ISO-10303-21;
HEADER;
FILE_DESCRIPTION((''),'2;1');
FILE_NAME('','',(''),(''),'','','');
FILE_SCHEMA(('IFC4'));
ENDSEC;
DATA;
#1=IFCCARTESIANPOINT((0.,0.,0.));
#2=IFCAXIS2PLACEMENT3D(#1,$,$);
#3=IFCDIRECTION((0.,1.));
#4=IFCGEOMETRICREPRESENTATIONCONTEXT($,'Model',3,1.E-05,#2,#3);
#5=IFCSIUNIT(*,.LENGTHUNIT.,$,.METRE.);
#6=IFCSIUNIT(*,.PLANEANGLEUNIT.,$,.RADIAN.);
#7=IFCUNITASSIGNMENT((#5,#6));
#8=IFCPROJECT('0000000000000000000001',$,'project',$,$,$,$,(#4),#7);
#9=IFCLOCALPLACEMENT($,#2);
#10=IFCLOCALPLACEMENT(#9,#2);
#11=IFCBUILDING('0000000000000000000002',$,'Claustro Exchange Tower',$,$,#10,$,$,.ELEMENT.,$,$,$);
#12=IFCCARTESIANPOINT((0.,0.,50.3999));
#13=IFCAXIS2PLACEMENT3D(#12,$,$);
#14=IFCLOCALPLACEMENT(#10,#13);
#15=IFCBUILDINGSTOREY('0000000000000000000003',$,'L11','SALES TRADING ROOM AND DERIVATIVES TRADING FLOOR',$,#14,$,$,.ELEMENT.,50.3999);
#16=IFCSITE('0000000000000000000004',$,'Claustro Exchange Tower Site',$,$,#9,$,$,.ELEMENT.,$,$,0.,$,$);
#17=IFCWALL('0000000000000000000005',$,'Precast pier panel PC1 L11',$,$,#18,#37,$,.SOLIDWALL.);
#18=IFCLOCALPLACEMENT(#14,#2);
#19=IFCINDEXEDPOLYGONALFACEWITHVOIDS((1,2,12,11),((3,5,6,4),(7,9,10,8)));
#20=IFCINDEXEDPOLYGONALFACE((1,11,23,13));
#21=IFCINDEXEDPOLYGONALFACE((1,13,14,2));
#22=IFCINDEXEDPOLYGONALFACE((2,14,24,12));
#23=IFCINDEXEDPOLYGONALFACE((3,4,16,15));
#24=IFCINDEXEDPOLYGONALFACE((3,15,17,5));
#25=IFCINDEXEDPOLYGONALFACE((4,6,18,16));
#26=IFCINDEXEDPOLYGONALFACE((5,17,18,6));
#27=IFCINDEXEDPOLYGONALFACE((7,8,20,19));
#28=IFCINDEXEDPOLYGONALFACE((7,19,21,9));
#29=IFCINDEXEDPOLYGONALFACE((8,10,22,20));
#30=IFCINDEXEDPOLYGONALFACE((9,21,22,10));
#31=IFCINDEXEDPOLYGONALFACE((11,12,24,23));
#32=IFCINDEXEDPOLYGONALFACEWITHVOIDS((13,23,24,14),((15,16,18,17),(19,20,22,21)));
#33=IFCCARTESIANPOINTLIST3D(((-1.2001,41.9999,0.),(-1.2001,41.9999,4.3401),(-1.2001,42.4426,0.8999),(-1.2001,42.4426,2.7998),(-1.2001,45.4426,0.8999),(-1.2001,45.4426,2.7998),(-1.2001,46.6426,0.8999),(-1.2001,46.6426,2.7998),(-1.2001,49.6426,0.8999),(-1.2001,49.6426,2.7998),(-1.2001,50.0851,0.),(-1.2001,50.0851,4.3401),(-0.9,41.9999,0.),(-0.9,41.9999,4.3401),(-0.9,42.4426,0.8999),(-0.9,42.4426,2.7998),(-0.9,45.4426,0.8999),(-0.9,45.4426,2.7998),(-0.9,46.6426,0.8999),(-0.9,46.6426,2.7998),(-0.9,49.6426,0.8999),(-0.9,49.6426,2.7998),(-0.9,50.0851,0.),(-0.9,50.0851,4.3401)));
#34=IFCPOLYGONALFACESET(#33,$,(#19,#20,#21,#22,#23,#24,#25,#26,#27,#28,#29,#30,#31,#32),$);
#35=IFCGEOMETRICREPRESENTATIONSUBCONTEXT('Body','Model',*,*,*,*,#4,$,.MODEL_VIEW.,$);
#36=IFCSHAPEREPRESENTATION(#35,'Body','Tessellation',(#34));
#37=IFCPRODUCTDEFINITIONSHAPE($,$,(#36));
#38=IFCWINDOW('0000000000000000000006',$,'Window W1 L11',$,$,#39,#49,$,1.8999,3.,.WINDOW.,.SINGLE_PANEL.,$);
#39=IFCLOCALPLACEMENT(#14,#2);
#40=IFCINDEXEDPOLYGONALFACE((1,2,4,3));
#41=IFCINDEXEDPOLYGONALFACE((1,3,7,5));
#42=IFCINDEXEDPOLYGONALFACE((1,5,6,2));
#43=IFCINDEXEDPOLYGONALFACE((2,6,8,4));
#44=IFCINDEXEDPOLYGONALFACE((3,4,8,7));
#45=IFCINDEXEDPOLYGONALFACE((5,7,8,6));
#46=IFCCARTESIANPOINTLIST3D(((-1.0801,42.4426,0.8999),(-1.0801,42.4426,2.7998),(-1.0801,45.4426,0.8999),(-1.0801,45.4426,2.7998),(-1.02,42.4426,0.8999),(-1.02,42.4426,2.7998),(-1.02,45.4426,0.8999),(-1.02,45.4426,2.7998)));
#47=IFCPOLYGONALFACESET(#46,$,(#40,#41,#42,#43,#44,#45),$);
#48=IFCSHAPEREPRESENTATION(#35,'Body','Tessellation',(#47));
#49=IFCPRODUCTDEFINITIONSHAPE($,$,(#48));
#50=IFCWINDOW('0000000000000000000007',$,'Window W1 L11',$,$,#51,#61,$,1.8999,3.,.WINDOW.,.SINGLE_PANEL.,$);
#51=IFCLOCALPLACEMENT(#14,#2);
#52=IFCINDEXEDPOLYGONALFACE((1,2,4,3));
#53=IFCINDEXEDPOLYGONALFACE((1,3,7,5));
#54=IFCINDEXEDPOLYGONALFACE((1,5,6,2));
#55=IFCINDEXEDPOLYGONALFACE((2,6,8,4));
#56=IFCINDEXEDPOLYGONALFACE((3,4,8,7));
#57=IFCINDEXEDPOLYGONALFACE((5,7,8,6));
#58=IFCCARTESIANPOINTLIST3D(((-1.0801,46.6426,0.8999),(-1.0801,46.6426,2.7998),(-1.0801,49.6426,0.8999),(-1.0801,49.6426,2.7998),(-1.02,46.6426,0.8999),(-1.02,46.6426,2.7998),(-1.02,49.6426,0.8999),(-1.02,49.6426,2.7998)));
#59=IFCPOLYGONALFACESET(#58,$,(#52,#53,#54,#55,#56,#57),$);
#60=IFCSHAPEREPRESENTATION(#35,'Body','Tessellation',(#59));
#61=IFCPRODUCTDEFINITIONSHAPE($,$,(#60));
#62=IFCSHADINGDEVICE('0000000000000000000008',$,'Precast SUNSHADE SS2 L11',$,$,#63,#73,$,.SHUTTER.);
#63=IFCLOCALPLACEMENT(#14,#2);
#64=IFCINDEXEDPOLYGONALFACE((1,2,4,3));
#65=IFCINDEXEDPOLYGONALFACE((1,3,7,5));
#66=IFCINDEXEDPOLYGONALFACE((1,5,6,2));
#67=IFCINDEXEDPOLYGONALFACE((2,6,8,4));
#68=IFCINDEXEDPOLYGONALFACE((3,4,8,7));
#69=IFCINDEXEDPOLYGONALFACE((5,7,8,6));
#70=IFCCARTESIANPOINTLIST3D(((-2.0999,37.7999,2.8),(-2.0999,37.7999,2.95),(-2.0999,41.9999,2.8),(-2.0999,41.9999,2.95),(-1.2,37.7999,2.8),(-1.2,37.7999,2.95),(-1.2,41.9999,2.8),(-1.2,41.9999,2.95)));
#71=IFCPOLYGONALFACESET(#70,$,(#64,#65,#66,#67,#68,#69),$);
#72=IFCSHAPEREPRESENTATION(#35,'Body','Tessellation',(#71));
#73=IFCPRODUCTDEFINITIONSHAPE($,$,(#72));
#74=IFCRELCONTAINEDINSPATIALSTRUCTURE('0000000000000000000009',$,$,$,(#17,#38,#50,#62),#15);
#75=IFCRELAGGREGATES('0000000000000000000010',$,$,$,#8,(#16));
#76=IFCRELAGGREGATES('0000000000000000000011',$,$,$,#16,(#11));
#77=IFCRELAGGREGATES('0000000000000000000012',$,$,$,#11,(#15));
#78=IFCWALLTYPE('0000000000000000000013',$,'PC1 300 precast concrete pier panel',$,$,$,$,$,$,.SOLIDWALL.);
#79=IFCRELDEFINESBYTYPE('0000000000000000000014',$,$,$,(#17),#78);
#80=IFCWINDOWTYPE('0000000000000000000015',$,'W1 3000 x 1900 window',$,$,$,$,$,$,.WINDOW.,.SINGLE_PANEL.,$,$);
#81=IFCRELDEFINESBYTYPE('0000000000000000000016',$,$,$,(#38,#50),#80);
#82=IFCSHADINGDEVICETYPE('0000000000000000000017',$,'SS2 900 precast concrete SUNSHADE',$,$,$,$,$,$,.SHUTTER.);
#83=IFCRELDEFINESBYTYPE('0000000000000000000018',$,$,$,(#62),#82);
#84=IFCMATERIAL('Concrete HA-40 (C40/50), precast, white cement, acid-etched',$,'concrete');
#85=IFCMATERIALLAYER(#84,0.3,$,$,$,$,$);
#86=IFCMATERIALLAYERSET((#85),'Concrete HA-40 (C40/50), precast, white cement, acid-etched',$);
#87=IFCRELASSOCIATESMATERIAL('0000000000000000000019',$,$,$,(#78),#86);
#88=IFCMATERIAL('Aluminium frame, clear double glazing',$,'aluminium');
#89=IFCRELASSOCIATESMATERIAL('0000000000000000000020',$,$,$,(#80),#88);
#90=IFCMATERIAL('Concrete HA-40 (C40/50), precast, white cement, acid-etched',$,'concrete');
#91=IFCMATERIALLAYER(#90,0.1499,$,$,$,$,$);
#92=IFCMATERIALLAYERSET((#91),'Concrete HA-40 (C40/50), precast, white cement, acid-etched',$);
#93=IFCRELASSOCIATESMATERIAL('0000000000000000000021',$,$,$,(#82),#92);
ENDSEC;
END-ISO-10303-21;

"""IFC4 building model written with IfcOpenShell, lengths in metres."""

from ifc_helpers import new_model, si_unit, direction, frame, frame_2d, origin, origin_2d, place, context, subcontext, project, spatial, rectangle, extrude, material, layer, layer_set, type_object, element, fill, save


model = new_model("IFC4")

# Units and contexts
model_context = context("Model", 3, precision=1e-05, world=origin(), true_north=direction((0.0, 1.0)))
body_context = subcontext(model_context, "Body", "Model", "MODEL_VIEW")
ifc_project = project(units=[si_unit("LENGTHUNIT", "METRE"), si_unit("PLANEANGLEUNIT", "RADIAN")], contexts=[model_context])

# Site, building, storey
site_placement = place(None, origin())
site = spatial("IfcSite", under=ifc_project, at=site_placement, Name="Claustro Exchange Tower Site", CompositionType="ELEMENT", RefElevation=0.0)
building_placement = place(site_placement, origin())
building = spatial("IfcBuilding", under=site, at=building_placement, Name="Claustro Exchange Tower", CompositionType="ELEMENT")
storey_placement = place(building_placement, frame((0.0, 0.0, 50.3999)))
storey = spatial("IfcBuildingStorey", under=building, at=storey_placement, Name="L11", Description="SALES TRADING ROOM AND DERIVATIVES TRADING FLOOR", CompositionType="ELEMENT", Elevation=50.3999)

# Wall, openings, windows
ifc_material_1 = material(Name="Concrete HA-40 (C40/50), precast, white cement, acid-etched", Category="concrete")
ifc_layer_1 = layer(ifc_material_1, 0.3)
ifc_layer_set_1 = layer_set([ifc_layer_1], Name="Concrete HA-40 (C40/50), precast, white cement, acid-etched")
wall_type_1 = type_object("IfcWallType", Name="PC1 300 precast concrete pier panel", PredefinedType="SOLIDWALL", material=ifc_layer_set_1)
wall_1_placement = place(storey_placement, frame((-1.05, 42.0, 0.0), z_axis=(0.0, 0.0, 1.0), x_axis=(0.0, 1.0, 0.0)))
wall_1 = element("IfcWall", 1, at=wall_1_placement, inside=storey, type_object=wall_type_1, Name="Precast pier panel PC1 L11", PredefinedType="SOLIDWALL", context=body_context, shape_type="SweptSolid", body=[
    extrude(rectangle(XDim=8.0852, YDim=0.3, at=frame_2d((4.0425, 0.0))), origin(), (0.0, 0.0, 1.0), 4.3401),
])
opening_1_placement = place(wall_1_placement, frame((0.4426, 0.0, 0.8999)))
opening_1 = element("IfcOpeningElement", 2, at=opening_1_placement, cuts=wall_1, PredefinedType="OPENING", context=body_context, shape_type="SweptSolid", body=[
    extrude(rectangle(XDim=3.0, YDim=1.8999, at=frame_2d((1.5, 0.95))), frame((0.0, 0.1599, 0.0), z_axis=(0.0, -1.0, 0.0), x_axis=(1.0, 0.0, 0.0)), (0.0, 0.0, 1.0), 0.3201),
])
opening_2_placement = place(wall_1_placement, frame((4.6426, 0.0, 0.8999)))
opening_2 = element("IfcOpeningElement", 3, at=opening_2_placement, cuts=wall_1, PredefinedType="OPENING", context=body_context, shape_type="SweptSolid", body=[
    extrude(rectangle(XDim=3.0, YDim=1.8999, at=frame_2d((1.5, 0.95))), frame((0.0, 0.1599, 0.0), z_axis=(0.0, -1.0, 0.0), x_axis=(1.0, 0.0, 0.0)), (0.0, 0.0, 1.0), 0.3201),
])
ifc_material_2 = material(Name="Aluminium frame, clear double glazing", Category="aluminium")
window_type = type_object("IfcWindowType", Name="W1 3000 x 1900 window", PartitioningType="SINGLE_PANEL", PredefinedType="WINDOW", material=ifc_material_2)
window_1_placement = place(opening_1_placement, origin())
window_1 = element("IfcWindow", 4, at=window_1_placement, inside=storey, type_object=window_type, Name="Window W1 L11", OverallHeight=1.8999, OverallWidth=3.0, PartitioningType="SINGLE_PANEL", PredefinedType="WINDOW", context=body_context, shape_type="SweptSolid", body=[
    extrude(rectangle(XDim=3.0, YDim=1.8999, at=frame_2d((1.5, 0.95))), frame((0.0, 0.03, 0.0), z_axis=(0.0, -1.0, 0.0), x_axis=(1.0, 0.0, 0.0)), (0.0, 0.0, 1.0), 0.0601),
])
fill(opening_1, window_1)
window_2_placement = place(opening_2_placement, origin())
window_2 = element("IfcWindow", 5, at=window_2_placement, inside=storey, type_object=window_type, Name="Window W1 L11", OverallHeight=1.8999, OverallWidth=3.0, PartitioningType="SINGLE_PANEL", PredefinedType="WINDOW", context=body_context, shape_type="SweptSolid", body=[
    extrude(rectangle(XDim=3.0, YDim=1.8999, at=frame_2d((1.5, 0.95))), frame((0.0, 0.03, 0.0), z_axis=(0.0, -1.0, 0.0), x_axis=(1.0, 0.0, 0.0)), (0.0, 0.0, 1.0), 0.0601),
])
fill(opening_2, window_2)

# Shading device
ifc_material_3 = material(Name="Concrete HA-40 (C40/50), precast, white cement, acid-etched", Category="concrete")
ifc_layer_2 = layer(ifc_material_3, 0.1499)
ifc_layer_set_2 = layer_set([ifc_layer_2], Name="Concrete HA-40 (C40/50), precast, white cement, acid-etched")
shading_device_type = type_object("IfcShadingDeviceType", Name="SS2 900 precast concrete SUNSHADE", PredefinedType="SHUTTER", material=ifc_layer_set_2)
shading_device_placement = place(storey_placement, frame((-1.6499, 39.8999, 2.8), z_axis=(0.0, 0.0, 1.0), x_axis=(0.0, 1.0, 0.0)))
element("IfcShadingDevice", 6, at=shading_device_placement, inside=storey, type_object=shading_device_type, Name="Precast SUNSHADE SS2 L11", PredefinedType="SHUTTER", context=body_context, shape_type="SweptSolid", body=[
    extrude(rectangle(XDim=4.2, YDim=0.8999, at=origin_2d()), origin(), (0.0, 0.0, 1.0), 0.1499),
])

save(model, "model.ifc")
